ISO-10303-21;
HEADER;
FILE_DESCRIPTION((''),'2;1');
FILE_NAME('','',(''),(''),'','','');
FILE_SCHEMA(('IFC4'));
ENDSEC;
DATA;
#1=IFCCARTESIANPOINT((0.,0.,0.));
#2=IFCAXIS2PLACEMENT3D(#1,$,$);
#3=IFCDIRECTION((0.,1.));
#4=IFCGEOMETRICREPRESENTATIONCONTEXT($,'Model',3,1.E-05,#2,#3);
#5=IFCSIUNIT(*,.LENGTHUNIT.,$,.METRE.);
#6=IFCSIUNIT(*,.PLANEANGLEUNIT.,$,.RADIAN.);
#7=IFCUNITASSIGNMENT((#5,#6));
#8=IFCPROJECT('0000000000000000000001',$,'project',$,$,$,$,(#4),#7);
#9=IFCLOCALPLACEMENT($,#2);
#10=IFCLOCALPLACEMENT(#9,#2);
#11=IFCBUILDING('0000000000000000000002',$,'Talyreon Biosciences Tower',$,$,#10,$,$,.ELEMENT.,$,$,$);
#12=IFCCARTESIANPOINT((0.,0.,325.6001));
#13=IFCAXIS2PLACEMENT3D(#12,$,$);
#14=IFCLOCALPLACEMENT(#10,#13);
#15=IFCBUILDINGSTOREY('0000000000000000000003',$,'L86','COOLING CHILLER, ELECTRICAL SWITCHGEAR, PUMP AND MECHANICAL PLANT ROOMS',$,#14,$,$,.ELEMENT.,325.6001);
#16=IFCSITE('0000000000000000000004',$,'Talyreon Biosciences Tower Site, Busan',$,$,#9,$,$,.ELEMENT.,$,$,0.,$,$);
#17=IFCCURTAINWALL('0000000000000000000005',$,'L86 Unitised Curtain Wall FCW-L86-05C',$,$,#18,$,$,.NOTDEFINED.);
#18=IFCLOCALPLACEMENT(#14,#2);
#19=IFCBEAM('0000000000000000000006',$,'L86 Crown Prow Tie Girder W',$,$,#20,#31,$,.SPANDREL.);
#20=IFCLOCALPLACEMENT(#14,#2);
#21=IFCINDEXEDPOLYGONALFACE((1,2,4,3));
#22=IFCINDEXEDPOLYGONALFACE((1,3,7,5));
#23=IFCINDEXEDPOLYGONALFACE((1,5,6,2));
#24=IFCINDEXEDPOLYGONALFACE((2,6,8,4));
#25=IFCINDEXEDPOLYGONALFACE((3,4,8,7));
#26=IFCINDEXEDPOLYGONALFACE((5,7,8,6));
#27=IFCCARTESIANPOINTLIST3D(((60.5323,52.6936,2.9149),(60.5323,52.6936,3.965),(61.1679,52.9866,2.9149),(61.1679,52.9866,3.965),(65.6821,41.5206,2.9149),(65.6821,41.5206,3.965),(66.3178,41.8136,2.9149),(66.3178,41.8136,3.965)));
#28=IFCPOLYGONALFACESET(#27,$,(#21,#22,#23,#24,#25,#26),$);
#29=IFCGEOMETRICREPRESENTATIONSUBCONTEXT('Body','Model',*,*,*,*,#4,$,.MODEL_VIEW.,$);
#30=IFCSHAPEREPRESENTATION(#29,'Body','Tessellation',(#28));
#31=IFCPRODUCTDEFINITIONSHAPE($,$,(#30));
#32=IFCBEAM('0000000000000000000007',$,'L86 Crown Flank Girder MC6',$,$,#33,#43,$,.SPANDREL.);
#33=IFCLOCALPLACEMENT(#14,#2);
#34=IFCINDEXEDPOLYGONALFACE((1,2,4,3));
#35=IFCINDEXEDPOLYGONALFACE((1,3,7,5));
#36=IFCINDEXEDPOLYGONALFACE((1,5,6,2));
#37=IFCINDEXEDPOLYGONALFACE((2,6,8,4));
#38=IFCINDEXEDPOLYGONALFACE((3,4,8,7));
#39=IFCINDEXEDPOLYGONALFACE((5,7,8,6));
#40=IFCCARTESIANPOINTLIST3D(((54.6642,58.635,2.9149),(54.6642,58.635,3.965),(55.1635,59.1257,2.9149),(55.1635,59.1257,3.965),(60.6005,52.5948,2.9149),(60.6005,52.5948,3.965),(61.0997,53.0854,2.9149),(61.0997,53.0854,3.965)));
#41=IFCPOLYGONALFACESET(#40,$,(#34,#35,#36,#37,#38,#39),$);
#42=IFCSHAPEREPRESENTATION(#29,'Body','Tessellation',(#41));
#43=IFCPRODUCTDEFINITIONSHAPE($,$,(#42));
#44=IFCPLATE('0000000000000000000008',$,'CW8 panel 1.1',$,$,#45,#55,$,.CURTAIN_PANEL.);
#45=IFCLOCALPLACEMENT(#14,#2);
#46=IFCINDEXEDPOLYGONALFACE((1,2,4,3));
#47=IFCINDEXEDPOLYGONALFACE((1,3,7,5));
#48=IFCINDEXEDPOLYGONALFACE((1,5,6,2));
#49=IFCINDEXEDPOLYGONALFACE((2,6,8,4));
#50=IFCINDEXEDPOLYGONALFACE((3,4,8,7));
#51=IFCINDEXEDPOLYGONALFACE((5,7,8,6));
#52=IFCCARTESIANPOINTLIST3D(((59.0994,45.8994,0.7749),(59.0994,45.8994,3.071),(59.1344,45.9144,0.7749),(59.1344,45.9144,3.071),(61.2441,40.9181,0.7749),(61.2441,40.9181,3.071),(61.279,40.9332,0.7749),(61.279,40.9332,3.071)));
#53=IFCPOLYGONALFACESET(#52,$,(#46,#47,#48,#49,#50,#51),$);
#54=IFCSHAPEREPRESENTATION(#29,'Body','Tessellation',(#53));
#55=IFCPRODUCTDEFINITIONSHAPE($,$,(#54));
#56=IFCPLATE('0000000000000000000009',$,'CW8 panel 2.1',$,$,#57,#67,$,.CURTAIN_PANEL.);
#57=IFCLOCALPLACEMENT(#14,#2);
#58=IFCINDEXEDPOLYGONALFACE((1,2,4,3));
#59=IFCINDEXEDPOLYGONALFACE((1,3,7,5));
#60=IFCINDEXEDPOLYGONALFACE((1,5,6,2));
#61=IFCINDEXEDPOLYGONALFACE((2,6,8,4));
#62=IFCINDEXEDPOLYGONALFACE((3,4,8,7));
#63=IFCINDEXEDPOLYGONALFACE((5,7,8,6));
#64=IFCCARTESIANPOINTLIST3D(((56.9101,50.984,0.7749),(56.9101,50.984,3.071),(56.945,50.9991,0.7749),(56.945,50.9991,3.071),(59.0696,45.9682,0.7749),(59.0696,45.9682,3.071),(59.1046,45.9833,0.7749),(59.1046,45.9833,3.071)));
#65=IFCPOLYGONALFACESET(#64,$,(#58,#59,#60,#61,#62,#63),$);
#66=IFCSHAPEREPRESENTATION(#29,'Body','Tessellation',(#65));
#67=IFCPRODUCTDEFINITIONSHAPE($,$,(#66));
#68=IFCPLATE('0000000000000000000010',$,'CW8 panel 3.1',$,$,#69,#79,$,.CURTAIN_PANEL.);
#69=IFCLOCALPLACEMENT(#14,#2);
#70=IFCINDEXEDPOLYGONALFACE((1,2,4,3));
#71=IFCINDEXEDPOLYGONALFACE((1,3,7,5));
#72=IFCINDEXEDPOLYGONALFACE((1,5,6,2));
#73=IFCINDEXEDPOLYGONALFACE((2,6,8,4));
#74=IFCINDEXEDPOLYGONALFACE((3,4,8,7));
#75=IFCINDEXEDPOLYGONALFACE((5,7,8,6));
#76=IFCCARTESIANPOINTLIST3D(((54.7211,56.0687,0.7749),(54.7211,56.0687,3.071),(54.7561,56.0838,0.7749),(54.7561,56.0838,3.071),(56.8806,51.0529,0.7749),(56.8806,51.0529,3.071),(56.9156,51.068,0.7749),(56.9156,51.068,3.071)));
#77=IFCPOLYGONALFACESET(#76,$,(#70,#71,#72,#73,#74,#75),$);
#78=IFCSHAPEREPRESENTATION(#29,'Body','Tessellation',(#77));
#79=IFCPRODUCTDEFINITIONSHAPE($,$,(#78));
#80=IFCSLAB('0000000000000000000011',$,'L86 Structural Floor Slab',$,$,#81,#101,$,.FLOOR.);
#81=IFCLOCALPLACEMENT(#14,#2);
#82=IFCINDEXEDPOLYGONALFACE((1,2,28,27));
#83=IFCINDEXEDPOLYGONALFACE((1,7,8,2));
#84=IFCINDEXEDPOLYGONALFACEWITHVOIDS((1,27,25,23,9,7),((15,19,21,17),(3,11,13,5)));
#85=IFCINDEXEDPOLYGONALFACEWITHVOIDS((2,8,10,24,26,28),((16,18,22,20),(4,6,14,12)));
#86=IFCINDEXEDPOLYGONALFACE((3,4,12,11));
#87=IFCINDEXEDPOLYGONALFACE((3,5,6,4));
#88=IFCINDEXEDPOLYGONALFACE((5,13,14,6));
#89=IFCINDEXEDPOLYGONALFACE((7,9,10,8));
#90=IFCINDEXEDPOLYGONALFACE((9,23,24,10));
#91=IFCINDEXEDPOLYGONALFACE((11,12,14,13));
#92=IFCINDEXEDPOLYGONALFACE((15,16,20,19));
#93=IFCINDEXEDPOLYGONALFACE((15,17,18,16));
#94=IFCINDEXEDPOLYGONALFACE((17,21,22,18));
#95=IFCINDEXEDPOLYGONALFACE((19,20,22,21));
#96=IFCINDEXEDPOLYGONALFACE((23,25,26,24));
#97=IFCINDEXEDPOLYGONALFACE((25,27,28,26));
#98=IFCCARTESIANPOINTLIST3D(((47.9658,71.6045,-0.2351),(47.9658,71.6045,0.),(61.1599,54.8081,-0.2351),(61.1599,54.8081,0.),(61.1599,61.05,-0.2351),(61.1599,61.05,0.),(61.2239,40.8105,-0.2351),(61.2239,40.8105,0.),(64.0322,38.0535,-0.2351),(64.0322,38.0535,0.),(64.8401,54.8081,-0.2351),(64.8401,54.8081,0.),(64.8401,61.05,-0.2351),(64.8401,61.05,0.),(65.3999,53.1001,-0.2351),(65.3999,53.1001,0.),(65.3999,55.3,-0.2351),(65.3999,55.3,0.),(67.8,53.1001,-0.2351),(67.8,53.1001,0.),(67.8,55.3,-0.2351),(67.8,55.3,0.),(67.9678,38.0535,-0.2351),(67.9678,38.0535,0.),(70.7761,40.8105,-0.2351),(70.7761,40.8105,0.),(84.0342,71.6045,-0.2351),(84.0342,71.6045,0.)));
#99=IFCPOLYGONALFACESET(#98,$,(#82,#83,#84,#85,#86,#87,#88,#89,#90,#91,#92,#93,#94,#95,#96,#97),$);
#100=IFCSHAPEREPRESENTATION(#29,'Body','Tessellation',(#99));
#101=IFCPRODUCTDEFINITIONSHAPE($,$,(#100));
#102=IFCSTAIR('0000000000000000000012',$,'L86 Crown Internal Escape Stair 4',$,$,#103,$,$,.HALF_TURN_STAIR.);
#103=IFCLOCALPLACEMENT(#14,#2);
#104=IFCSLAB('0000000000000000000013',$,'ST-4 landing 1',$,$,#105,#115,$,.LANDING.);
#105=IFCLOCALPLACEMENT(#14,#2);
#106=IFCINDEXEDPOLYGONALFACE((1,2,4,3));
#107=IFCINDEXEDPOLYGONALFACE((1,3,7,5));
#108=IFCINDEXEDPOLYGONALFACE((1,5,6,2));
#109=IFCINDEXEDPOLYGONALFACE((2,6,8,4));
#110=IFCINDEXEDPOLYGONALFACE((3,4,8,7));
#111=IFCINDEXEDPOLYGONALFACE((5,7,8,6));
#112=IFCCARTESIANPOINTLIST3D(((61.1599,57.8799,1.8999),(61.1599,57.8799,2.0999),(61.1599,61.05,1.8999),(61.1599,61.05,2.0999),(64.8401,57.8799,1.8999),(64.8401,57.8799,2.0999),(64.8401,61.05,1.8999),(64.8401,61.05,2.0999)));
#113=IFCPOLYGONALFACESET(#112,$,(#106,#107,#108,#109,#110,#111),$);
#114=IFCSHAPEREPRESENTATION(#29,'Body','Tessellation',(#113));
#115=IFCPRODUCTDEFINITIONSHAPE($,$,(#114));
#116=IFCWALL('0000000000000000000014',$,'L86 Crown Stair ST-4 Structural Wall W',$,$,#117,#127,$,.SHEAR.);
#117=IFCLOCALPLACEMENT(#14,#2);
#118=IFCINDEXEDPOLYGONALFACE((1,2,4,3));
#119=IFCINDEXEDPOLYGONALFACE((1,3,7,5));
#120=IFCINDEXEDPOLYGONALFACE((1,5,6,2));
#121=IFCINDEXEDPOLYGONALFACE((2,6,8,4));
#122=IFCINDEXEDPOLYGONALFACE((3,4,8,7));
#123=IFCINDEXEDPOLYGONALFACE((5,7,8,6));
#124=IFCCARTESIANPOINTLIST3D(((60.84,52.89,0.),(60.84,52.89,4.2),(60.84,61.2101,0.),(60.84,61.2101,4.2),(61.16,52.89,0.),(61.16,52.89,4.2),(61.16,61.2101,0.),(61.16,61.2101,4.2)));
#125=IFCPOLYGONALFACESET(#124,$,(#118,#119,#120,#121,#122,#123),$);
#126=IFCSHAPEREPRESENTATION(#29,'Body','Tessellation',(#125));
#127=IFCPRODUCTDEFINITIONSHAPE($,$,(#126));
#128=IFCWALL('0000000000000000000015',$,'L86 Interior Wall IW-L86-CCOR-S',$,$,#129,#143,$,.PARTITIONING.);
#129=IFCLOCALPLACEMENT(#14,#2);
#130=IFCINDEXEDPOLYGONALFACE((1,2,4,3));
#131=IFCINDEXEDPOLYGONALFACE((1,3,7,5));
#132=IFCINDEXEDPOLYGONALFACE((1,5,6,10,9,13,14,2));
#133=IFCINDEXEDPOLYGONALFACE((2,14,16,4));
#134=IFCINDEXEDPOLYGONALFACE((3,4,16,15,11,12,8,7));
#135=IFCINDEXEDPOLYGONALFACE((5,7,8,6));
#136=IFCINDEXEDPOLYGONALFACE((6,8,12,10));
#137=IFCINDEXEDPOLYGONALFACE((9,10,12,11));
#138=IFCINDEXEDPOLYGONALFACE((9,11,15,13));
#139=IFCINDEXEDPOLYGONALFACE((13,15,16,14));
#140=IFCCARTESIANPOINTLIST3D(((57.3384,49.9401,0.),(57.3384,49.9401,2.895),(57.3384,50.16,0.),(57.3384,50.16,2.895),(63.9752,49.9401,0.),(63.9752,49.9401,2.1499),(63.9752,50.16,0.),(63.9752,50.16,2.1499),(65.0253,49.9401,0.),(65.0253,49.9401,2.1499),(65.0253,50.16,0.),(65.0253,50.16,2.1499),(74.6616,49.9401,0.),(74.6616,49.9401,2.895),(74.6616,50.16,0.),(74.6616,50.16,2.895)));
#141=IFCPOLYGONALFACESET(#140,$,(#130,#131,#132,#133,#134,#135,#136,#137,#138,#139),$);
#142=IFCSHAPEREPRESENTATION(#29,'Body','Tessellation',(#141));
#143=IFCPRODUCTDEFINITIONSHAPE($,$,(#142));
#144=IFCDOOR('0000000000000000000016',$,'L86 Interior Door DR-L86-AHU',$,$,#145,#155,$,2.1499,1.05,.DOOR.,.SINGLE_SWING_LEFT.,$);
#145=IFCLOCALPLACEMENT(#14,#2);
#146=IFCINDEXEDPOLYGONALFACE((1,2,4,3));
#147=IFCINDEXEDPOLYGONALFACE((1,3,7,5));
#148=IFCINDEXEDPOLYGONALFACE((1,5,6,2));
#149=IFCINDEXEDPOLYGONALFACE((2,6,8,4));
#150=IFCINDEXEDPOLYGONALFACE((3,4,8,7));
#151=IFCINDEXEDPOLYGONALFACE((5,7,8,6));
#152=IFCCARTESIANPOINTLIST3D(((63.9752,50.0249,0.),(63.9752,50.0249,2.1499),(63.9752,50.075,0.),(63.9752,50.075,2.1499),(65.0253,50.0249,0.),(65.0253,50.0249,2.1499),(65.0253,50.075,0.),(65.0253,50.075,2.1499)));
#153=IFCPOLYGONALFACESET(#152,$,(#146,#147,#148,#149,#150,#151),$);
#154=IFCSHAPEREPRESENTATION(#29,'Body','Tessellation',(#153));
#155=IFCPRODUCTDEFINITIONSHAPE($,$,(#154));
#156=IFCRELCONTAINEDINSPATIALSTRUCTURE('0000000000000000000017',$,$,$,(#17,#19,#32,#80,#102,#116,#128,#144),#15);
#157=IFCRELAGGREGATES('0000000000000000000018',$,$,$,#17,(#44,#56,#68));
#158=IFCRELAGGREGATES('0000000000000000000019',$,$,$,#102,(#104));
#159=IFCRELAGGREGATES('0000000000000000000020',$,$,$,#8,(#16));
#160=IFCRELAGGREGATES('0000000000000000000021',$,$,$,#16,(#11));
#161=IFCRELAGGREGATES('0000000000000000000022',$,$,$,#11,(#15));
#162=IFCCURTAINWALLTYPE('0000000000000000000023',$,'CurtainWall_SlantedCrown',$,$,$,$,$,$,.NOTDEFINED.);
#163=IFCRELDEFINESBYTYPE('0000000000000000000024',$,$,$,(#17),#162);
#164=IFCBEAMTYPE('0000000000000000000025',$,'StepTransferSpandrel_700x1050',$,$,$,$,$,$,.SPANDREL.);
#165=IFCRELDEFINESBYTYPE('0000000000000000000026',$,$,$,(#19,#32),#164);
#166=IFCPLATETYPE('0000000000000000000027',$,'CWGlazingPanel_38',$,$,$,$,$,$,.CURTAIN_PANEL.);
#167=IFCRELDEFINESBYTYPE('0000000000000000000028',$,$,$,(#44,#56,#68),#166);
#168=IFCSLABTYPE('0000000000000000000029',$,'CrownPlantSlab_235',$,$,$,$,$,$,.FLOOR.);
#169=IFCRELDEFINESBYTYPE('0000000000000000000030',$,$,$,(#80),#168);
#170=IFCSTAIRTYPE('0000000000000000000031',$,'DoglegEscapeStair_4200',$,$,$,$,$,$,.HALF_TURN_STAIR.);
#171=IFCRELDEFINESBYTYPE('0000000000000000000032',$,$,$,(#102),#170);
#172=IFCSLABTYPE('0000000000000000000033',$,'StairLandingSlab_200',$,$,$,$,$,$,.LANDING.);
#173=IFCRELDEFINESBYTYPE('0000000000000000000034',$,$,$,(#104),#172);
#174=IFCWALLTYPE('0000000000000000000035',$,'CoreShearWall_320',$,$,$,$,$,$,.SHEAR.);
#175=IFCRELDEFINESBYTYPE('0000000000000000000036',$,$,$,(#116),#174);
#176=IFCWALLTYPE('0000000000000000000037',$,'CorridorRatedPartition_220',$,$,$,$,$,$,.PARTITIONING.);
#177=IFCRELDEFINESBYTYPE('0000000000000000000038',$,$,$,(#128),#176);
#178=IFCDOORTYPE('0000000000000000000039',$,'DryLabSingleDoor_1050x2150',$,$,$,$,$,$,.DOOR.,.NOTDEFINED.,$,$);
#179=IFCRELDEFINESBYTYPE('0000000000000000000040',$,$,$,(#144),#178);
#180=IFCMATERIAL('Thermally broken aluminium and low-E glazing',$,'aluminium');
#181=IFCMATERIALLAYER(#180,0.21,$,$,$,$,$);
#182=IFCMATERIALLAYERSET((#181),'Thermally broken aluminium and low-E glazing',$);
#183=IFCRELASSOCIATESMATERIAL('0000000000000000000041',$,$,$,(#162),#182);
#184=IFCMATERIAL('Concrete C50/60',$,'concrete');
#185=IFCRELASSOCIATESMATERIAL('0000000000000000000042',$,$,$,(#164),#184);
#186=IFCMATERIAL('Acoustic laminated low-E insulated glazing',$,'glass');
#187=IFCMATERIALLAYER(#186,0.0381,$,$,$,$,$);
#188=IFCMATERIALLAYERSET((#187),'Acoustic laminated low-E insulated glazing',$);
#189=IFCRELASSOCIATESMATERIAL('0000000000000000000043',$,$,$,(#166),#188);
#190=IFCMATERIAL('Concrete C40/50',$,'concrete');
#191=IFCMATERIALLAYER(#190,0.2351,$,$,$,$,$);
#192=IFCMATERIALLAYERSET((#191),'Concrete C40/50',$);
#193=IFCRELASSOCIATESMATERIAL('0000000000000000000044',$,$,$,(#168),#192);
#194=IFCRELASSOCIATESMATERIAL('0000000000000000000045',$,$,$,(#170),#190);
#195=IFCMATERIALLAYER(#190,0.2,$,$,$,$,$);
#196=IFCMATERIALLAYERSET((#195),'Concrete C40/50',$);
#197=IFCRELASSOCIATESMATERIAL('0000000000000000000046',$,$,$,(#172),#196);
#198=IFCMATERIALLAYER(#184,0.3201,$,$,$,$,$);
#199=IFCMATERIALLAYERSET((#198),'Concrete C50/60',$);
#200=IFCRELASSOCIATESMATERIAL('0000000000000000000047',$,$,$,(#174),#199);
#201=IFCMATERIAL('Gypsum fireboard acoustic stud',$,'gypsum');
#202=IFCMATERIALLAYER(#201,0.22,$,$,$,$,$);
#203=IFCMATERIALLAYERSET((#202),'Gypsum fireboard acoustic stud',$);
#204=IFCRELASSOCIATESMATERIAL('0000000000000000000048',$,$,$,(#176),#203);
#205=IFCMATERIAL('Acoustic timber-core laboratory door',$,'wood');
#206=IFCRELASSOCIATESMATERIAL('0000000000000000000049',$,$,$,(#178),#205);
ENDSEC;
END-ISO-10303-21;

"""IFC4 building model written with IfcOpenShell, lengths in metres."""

from ifc_helpers import new_model, si_unit, direction, frame, frame_2d, origin, origin_2d, place, context, subcontext, project, spatial, polyline, rectangle, outline, extrude, material, layer, layer_set, material_profile, profile_set, type_object, element, fill, aggregate, save


model = new_model("IFC4")

# Units and contexts
model_context = context("Model", 3, precision=1e-05, world=origin(), true_north=direction((0.0, 1.0)))
body_context = subcontext(model_context, "Body", "Model", "MODEL_VIEW")
ifc_project = project(units=[si_unit("LENGTHUNIT", "METRE"), si_unit("PLANEANGLEUNIT", "RADIAN")], contexts=[model_context])

# Site, building, storey
site_placement = place(None, origin())
site = spatial("IfcSite", under=ifc_project, at=site_placement, Name="Talyreon Biosciences Tower Site, Busan", CompositionType="ELEMENT", RefElevation=0.0)
building_placement = place(site_placement, origin())
building = spatial("IfcBuilding", under=site, at=building_placement, Name="Talyreon Biosciences Tower", CompositionType="ELEMENT")
storey_placement = place(building_placement, frame((0.0, 0.0, 325.6001)))
storey = spatial("IfcBuildingStorey", under=building, at=storey_placement, Name="L86", Description="COOLING CHILLER, ELECTRICAL SWITCHGEAR, PUMP AND MECHANICAL PLANT ROOMS", CompositionType="ELEMENT", Elevation=325.6001)

# Shared definitions
ifc_material_1 = material(Name="Concrete C50/60", Category="concrete")

# Curtain wall
ifc_material_2 = material(Name="Thermally broken aluminium and low-E glazing", Category="aluminium")
ifc_layer_1 = layer(ifc_material_2, 0.21)
ifc_layer_set_1 = layer_set([ifc_layer_1], Name="Thermally broken aluminium and low-E glazing")
curtain_wall_type = type_object("IfcCurtainWallType", Name="CurtainWall_SlantedCrown", PredefinedType="NOTDEFINED", material=ifc_layer_set_1)
curtain_wall_placement = place(storey_placement, origin())
curtain_wall = element("IfcCurtainWall", 1, at=curtain_wall_placement, inside=storey, type_object=curtain_wall_type, Name="L86 Unitised Curtain Wall FCW-L86-05C", PredefinedType="NOTDEFINED")

# Beams
ifc_material_profile_1 = material_profile(ifc_material_1, rectangle(XDim=0.7, YDim=1.05, at=origin_2d()), Name="RCB 700x1050")
ifc_profile_set_1 = profile_set([ifc_material_profile_1], Name="Concrete C50/60")
beam_type = type_object("IfcBeamType", Name="StepTransferSpandrel_700x1050", PredefinedType="SPANDREL", material=ifc_profile_set_1)
beam_1_placement = place(storey_placement, frame((60.8501, 52.8401, 3.4399), z_axis=(0.418595, -0.908173, 0.0), x_axis=(0.908173, 0.418595, 0.0)))
element("IfcBeam", 2, at=beam_1_placement, inside=storey, type_object=beam_type, Name="L86 Crown Prow Tie Girder W", PredefinedType="SPANDREL", context=body_context, shape_type="SweptSolid", body=[
    extrude(rectangle(XDim=0.7, YDim=1.05, at=origin_2d()), origin(), (0.0, 0.0, 1.0), 12.3027),
])
beam_2_placement = place(storey_placement, frame((60.8501, 52.8401, 3.4399), z_axis=(-0.70094, 0.71322, 0.0), x_axis=(-0.71322, -0.70094, 0.0)))
element("IfcBeam", 3, at=beam_2_placement, inside=storey, type_object=beam_type, Name="L86 Crown Flank Girder MC6", PredefinedType="SPANDREL", context=body_context, shape_type="SweptSolid", body=[
    extrude(rectangle(XDim=0.7, YDim=1.05, at=origin_2d()), origin(), (0.0, 0.0, 1.0), 8.469),
])

# Plates
ifc_material_3 = material(Name="Acoustic laminated low-E insulated glazing", Category="glass")
ifc_layer_2 = layer(ifc_material_3, 0.0381)
ifc_layer_set_2 = layer_set([ifc_layer_2], Name="Acoustic laminated low-E insulated glazing")
plate_type = type_object("IfcPlateType", Name="CWGlazingPanel_38", PredefinedType="CURTAIN_PANEL", material=ifc_layer_set_2)
plate_1_placement = place(storey_placement, frame((60.1892, 43.4163, 0.7749), z_axis=(0.0, 0.0, 1.0), x_axis=(-0.395451, 0.918487, 0.0)))
plate_1 = element("IfcPlate", 4, at=plate_1_placement, type_object=plate_type, Name="CW8 panel 1.1", PredefinedType="CURTAIN_PANEL", context=body_context, shape_type="SweptSolid", body=[
    extrude(rectangle(XDim=5.4233, YDim=0.0381, at=origin_2d()), origin(), (0.0, 0.0, 1.0), 2.2961),
])
plate_2_placement = place(storey_placement, frame((58.0073, 48.4836, 0.7749), z_axis=(0.0, 0.0, 1.0), x_axis=(-0.395451, 0.918487, 0.0)))
plate_2 = element("IfcPlate", 5, at=plate_2_placement, type_object=plate_type, Name="CW8 panel 2.1", PredefinedType="CURTAIN_PANEL", context=body_context, shape_type="SweptSolid", body=[
    extrude(rectangle(XDim=5.4609, YDim=0.0381, at=origin_2d()), origin(), (0.0, 0.0, 1.0), 2.2961),
])
plate_3_placement = place(storey_placement, frame((55.8184, 53.5684, 0.7749), z_axis=(0.0, 0.0, 1.0), x_axis=(-0.395451, 0.918487, 0.0)))
plate_3 = element("IfcPlate", 6, at=plate_3_placement, type_object=plate_type, Name="CW8 panel 3.1", PredefinedType="CURTAIN_PANEL", context=body_context, shape_type="SweptSolid", body=[
    extrude(rectangle(XDim=5.4609, YDim=0.0381, at=origin_2d()), origin(), (0.0, 0.0, 1.0), 2.2961),
])
aggregate(curtain_wall, [plate_1, plate_2, plate_3])

# Slab
ifc_material_4 = material(Name="Concrete C40/50", Category="concrete")
ifc_layer_3 = layer(ifc_material_4, 0.2351)
ifc_layer_set_3 = layer_set([ifc_layer_3], Name="Concrete C40/50")
slab_type_1 = type_object("IfcSlabType", Name="CrownPlantSlab_235", PredefinedType="FLOOR", material=ifc_layer_set_3)
slab_1_placement = place(storey_placement, frame((0.0, 0.0, -0.2351)))
element("IfcSlab", 7, at=slab_1_placement, inside=storey, type_object=slab_type_1, Name="L86 Structural Floor Slab", PredefinedType="FLOOR", context=body_context, shape_type="SweptSolid", body=[
    extrude(outline(polyline([(47.9658, 71.6045), (84.0342, 71.6045), (70.7761, 40.8105), (67.9678, 38.0535), (64.0322, 38.0535), (61.2239, 40.8105), (47.9658, 71.6045)]), holes=[polyline([(65.3999, 53.1001), (65.3999, 55.3), (67.8, 55.3), (67.8, 53.1001), (65.3999, 53.1001)]), polyline([(61.1599, 54.8081), (61.1599, 61.05), (64.8401, 61.05), (64.8401, 54.8081), (61.1599, 54.8081)])]), origin(), (0.0, 0.0, 1.0), 0.2351),
])

# Stair, slab
stair_type = type_object("IfcStairType", Name="DoglegEscapeStair_4200", PredefinedType="HALF_TURN_STAIR", material=ifc_material_4)
stair_placement = place(storey_placement, origin())
stair = element("IfcStair", 8, at=stair_placement, inside=storey, type_object=stair_type, Name="L86 Crown Internal Escape Stair 4", PredefinedType="HALF_TURN_STAIR")
ifc_layer_4 = layer(ifc_material_4, 0.2)
ifc_layer_set_4 = layer_set([ifc_layer_4], Name="Concrete C40/50")
slab_type_2 = type_object("IfcSlabType", Name="StairLandingSlab_200", PredefinedType="LANDING", material=ifc_layer_set_4)
slab_2_placement = place(storey_placement, frame((0.0, 0.0, 1.8999)))
slab_2 = element("IfcSlab", 9, at=slab_2_placement, type_object=slab_type_2, Name="ST-4 landing 1", PredefinedType="LANDING", context=body_context, shape_type="SweptSolid", body=[
    extrude(outline(polyline([(64.8401, 57.8799), (64.8401, 61.05), (61.1599, 61.05), (61.1599, 57.8799), (64.8401, 57.8799)])), origin(), (0.0, 0.0, 1.0), 0.2),
])

# Wall
ifc_layer_5 = layer(ifc_material_1, 0.3201)
ifc_layer_set_5 = layer_set([ifc_layer_5], Name="Concrete C50/60")
wall_type_1 = type_object("IfcWallType", Name="CoreShearWall_320", PredefinedType="SHEAR", material=ifc_layer_set_5)
wall_1_placement = place(storey_placement, frame((61.0, 52.8899, 0.0), z_axis=(0.0, 0.0, 1.0), x_axis=(0.0, 1.0, 0.0)))
element("IfcWall", 10, at=wall_1_placement, inside=storey, type_object=wall_type_1, Name="L86 Crown Stair ST-4 Structural Wall W", PredefinedType="SHEAR", context=body_context, shape_type="SweptSolid", body=[
    extrude(rectangle(XDim=8.3201, YDim=0.3201, at=frame_2d((4.1602, 0.0))), origin(), (0.0, 0.0, 1.0), 4.2),
])

# Wall, opening, door
ifc_material_5 = material(Name="Gypsum fireboard acoustic stud", Category="gypsum")
ifc_layer_6 = layer(ifc_material_5, 0.22)
ifc_layer_set_6 = layer_set([ifc_layer_6], Name="Gypsum fireboard acoustic stud")
wall_type_2 = type_object("IfcWallType", Name="CorridorRatedPartition_220", PredefinedType="PARTITIONING", material=ifc_layer_set_6)
wall_2_placement = place(storey_placement, frame((57.3384, 50.05, 0.0), z_axis=(0.0, 0.0, 1.0), x_axis=(1.0, 0.0, 0.0)))
wall_2 = element("IfcWall", 11, at=wall_2_placement, inside=storey, type_object=wall_type_2, Name="L86 Interior Wall IW-L86-CCOR-S", PredefinedType="PARTITIONING", context=body_context, shape_type="SweptSolid", body=[
    extrude(rectangle(XDim=17.3232, YDim=0.22, at=frame_2d((8.6616, 0.0))), origin(), (0.0, 0.0, 1.0), 2.895),
])
opening_1_placement = place(wall_2_placement, frame((6.637, 0.0, 0.0)))
opening_1 = element("IfcOpeningElement", 12, at=opening_1_placement, cuts=wall_2, PredefinedType="OPENING", context=body_context, shape_type="SweptSolid", body=[
    extrude(rectangle(XDim=1.05, YDim=2.1499, at=frame_2d((0.5249, 1.075))), frame((0.0, 0.1199, 0.0), z_axis=(0.0, -1.0, 0.0), x_axis=(1.0, 0.0, 0.0)), (0.0, 0.0, 1.0), 0.24),
])
ifc_material_6 = material(Name="Acoustic timber-core laboratory door", Category="wood")
door_type_1 = type_object("IfcDoorType", Name="DryLabSingleDoor_1050x2150", OperationType="NOTDEFINED", PredefinedType="DOOR", material=ifc_material_6)
door_1_placement = place(opening_1_placement, origin())
door_1 = element("IfcDoor", 13, at=door_1_placement, inside=storey, type_object=door_type_1, Name="L86 Interior Door DR-L86-AHU", OperationType="SINGLE_SWING_LEFT", OverallHeight=2.1499, OverallWidth=1.05, PredefinedType="DOOR", context=body_context, shape_type="SweptSolid", body=[
    extrude(rectangle(XDim=1.05, YDim=2.1499, at=frame_2d((0.5249, 1.075))), frame((0.0, 0.0249, 0.0), z_axis=(0.0, -1.0, 0.0), x_axis=(1.0, 0.0, 0.0)), (0.0, 0.0, 1.0), 0.05),
])
fill(opening_1, door_1)

aggregate(stair, [slab_2])

save(model, "model.ifc")
